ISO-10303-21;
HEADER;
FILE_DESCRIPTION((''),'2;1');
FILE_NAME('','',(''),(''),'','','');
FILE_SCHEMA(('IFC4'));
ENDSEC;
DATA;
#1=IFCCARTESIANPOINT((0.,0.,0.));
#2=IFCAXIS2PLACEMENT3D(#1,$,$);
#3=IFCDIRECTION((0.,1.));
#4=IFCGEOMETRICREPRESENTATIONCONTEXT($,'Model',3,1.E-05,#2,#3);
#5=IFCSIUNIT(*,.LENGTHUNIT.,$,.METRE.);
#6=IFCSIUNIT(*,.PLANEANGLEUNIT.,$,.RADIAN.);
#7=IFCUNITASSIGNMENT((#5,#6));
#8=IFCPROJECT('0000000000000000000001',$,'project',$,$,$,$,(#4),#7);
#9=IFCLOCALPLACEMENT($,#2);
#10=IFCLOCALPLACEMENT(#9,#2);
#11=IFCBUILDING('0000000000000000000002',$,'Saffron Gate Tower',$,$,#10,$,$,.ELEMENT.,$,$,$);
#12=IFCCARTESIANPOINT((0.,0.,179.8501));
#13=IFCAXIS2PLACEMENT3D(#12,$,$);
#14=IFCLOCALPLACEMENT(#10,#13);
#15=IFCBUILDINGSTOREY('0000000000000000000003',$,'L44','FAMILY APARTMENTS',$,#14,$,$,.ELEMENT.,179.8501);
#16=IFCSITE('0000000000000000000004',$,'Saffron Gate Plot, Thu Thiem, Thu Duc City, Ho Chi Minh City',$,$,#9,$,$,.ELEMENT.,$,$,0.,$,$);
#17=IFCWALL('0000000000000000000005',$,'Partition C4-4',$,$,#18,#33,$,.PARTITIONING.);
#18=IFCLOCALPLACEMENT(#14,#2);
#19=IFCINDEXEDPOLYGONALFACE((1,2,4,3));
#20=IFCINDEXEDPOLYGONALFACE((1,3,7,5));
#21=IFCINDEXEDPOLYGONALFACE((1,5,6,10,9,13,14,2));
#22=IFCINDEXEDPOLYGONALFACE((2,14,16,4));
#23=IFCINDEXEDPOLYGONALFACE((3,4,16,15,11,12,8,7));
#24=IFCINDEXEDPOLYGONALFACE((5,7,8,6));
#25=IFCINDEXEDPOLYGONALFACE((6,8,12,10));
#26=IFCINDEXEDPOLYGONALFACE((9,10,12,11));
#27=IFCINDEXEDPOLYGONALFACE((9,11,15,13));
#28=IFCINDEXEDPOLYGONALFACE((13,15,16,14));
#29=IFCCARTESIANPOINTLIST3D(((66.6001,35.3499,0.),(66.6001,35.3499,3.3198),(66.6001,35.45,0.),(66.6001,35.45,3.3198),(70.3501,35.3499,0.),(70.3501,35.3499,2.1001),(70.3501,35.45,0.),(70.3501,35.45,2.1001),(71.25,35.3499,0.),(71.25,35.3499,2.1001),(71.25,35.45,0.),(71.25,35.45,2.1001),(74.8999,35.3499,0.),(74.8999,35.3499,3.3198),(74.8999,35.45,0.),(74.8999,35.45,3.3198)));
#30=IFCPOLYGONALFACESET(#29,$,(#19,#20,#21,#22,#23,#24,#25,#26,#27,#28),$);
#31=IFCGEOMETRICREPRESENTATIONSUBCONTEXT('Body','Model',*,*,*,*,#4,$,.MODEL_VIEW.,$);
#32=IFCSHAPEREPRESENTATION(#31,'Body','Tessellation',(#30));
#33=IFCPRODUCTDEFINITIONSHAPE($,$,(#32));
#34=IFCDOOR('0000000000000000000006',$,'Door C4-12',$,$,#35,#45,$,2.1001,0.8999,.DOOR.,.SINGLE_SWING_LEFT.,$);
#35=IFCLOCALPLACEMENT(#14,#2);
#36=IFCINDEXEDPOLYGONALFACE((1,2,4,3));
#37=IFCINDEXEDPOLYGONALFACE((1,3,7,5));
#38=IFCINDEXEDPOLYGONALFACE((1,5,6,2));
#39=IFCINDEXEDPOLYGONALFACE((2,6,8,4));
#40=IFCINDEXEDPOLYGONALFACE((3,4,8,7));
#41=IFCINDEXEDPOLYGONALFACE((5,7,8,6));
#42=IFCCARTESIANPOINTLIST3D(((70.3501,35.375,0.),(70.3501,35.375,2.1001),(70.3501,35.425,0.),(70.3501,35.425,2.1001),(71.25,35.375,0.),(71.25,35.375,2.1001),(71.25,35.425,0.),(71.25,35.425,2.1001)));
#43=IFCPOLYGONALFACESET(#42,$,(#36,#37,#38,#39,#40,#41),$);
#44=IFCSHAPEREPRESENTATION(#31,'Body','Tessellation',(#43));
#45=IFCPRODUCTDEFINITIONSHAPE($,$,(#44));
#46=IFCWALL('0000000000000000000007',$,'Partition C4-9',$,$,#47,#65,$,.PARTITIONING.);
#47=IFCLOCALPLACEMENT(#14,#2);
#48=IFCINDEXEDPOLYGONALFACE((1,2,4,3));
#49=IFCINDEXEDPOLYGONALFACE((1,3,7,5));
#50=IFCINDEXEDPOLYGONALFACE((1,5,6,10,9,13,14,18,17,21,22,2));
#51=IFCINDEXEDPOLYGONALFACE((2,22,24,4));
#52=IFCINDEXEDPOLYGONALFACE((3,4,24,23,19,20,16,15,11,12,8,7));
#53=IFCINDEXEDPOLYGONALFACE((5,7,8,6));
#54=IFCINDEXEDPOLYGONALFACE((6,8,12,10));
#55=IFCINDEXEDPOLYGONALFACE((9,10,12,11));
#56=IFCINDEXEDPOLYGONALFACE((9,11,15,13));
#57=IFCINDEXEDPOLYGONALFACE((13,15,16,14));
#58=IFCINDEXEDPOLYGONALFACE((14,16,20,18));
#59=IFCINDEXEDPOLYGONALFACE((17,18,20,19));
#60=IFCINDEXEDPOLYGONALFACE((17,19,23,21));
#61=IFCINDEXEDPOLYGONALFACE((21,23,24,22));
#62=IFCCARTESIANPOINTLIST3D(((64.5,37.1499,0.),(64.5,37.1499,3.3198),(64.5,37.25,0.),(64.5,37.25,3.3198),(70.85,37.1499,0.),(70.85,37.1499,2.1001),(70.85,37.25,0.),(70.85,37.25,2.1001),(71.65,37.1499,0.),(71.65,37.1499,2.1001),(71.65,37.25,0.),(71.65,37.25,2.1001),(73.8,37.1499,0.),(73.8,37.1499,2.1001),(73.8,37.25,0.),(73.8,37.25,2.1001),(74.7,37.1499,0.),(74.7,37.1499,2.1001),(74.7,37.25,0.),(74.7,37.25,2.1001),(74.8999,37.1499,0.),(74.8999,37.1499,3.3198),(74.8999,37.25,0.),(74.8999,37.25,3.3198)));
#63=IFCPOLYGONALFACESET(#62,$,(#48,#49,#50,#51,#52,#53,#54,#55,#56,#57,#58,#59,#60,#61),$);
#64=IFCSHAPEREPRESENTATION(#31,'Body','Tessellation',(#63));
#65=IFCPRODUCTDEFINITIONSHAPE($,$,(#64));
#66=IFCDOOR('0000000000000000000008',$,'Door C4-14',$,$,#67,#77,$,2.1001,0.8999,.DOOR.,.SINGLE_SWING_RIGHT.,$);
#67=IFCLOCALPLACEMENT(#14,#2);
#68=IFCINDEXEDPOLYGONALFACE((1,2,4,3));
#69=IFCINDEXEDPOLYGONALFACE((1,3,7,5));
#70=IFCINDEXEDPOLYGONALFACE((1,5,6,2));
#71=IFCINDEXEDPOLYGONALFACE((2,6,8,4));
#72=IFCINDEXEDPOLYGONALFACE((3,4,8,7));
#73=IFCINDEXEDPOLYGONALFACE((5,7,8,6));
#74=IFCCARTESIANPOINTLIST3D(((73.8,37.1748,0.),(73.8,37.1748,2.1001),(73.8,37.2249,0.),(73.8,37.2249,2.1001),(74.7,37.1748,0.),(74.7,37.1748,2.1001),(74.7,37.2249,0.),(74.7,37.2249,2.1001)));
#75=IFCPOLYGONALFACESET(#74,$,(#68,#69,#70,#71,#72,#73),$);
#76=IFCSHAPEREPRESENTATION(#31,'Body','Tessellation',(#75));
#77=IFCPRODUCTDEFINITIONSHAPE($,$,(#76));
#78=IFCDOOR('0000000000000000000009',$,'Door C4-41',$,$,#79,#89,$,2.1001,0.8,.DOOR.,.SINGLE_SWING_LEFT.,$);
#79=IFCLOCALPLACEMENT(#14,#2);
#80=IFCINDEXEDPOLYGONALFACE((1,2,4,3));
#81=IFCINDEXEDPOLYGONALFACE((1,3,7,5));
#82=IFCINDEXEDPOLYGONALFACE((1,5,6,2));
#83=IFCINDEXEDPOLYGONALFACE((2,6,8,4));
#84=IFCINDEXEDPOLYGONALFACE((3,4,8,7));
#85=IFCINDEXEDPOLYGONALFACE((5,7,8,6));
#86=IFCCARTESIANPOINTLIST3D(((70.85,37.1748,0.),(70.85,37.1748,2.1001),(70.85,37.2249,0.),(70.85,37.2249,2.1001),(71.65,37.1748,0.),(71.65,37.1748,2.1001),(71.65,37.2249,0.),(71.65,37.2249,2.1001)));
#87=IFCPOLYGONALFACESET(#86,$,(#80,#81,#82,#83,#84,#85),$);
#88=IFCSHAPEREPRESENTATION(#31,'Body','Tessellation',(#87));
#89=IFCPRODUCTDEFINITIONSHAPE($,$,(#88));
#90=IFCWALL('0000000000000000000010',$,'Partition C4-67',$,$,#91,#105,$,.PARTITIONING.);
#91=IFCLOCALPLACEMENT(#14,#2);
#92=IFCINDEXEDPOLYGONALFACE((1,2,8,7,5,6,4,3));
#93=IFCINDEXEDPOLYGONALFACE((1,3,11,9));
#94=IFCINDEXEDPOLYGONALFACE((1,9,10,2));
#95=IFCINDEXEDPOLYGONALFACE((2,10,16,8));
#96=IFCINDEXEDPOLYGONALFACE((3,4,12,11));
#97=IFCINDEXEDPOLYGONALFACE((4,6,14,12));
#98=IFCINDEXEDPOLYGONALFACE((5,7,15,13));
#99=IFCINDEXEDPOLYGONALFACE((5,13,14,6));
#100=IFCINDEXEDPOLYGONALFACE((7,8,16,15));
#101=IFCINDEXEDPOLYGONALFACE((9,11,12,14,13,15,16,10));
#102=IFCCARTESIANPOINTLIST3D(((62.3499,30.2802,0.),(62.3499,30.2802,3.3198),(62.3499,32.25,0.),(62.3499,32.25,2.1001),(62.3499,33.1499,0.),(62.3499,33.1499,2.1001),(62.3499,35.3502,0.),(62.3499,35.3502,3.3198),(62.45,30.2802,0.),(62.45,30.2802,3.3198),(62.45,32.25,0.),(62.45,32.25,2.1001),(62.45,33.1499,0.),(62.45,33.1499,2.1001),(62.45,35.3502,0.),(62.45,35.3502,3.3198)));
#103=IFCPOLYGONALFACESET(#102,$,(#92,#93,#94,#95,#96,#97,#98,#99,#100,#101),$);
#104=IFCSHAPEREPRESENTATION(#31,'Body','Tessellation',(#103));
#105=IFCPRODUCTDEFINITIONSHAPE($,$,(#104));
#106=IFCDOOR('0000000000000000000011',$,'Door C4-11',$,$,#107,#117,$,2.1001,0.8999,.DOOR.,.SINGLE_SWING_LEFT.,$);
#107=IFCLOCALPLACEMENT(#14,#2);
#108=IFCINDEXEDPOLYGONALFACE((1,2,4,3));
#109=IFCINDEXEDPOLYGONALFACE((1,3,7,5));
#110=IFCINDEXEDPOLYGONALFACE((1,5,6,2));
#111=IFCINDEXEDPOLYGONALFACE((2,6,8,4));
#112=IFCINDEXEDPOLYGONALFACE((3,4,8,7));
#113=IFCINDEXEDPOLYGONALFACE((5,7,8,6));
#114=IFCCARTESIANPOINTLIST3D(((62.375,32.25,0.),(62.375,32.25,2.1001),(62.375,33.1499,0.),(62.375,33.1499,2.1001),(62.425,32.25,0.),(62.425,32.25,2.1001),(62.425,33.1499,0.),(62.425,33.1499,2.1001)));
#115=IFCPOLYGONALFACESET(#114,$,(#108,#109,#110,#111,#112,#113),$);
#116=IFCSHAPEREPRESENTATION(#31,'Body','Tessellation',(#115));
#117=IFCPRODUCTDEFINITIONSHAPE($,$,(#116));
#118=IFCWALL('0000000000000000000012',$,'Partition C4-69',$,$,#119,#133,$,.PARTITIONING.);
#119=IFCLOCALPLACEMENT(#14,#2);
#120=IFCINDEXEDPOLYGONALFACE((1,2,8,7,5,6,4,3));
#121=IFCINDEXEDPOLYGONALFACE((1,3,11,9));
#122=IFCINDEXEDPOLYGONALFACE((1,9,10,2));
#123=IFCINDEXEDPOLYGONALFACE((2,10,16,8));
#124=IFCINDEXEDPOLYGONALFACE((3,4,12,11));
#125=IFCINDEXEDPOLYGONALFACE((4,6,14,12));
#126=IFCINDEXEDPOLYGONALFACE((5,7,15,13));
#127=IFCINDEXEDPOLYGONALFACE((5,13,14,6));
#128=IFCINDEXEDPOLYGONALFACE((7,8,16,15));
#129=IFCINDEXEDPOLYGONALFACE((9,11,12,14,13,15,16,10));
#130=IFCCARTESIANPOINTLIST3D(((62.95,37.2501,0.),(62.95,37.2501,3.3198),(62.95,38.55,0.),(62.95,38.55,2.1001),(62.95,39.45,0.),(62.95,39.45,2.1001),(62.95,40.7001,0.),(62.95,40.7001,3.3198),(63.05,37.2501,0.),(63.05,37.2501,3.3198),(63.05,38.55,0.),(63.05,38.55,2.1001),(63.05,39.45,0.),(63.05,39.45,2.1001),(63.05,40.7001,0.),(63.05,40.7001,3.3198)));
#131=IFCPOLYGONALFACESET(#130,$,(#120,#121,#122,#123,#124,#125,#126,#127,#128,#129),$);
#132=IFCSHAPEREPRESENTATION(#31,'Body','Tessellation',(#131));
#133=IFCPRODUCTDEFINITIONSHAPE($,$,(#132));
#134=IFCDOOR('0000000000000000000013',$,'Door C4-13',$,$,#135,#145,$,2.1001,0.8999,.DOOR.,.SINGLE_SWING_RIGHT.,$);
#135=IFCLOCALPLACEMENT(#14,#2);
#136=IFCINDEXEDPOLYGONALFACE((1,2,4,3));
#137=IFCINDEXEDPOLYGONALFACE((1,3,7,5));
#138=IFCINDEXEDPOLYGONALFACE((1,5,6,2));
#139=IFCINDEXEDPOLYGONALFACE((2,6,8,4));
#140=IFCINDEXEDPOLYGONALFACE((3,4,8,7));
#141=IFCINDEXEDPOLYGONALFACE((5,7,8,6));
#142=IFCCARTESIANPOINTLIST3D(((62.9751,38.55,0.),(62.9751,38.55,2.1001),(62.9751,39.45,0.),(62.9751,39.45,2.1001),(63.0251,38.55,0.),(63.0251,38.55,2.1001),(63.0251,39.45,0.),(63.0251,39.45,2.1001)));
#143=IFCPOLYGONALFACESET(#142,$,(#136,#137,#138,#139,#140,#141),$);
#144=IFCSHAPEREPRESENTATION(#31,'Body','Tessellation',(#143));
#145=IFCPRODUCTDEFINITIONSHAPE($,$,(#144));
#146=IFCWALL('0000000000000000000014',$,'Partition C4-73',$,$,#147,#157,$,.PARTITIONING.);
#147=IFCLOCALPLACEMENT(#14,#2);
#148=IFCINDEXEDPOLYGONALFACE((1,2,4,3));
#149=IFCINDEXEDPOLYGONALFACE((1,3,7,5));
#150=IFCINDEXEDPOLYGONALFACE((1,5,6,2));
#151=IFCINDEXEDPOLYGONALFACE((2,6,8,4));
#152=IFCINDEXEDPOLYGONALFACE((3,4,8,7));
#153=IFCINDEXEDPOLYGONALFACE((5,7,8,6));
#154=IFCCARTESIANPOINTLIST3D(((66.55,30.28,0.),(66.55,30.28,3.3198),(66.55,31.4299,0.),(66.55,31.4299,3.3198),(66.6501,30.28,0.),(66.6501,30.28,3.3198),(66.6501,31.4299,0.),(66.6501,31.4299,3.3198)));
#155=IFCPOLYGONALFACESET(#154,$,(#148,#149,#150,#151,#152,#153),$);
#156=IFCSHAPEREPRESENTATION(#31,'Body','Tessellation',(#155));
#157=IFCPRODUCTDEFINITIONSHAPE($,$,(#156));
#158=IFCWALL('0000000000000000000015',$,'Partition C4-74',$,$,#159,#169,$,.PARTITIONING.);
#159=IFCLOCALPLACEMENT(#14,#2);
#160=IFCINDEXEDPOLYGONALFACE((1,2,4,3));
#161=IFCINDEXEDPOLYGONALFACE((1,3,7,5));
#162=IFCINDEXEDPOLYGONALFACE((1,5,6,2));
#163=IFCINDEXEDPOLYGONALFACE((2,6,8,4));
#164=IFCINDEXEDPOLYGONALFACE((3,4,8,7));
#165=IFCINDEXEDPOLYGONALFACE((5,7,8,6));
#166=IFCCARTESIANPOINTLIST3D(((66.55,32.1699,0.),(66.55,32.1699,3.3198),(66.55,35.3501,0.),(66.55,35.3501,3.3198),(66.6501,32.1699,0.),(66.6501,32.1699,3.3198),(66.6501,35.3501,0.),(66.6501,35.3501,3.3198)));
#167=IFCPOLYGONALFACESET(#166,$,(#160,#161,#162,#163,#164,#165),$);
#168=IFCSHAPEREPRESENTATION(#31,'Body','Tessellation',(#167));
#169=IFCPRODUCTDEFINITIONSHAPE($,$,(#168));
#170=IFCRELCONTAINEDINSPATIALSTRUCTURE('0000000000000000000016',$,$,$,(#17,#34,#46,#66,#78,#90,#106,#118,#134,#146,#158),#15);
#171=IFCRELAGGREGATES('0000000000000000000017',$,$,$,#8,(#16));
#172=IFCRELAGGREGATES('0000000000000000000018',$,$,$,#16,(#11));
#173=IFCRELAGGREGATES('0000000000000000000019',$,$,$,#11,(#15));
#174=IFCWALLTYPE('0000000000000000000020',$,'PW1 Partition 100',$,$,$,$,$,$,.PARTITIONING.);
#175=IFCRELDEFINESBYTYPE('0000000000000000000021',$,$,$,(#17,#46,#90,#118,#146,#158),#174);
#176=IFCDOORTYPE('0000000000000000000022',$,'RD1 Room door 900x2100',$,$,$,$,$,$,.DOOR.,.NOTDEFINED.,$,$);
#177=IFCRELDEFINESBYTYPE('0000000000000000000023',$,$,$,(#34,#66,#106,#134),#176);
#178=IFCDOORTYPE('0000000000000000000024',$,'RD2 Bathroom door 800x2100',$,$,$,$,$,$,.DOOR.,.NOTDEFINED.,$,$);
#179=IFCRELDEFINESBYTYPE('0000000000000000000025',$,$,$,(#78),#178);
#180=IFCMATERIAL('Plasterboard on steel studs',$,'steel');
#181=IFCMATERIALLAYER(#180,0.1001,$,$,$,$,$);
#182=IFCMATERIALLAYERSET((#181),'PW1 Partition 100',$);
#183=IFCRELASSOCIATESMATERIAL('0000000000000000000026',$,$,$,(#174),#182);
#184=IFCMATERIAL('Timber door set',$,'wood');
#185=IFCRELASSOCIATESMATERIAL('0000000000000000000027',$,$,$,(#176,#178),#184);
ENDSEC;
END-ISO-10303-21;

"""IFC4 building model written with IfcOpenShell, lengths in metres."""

from ifc_helpers import new_model, si_unit, direction, frame, frame_2d, origin, place, context, subcontext, project, spatial, rectangle, extrude, material, layer, layer_set, type_object, element, fill, save


model = new_model("IFC4")

# Units and contexts
model_context = context("Model", 3, precision=1e-05, world=origin(), true_north=direction((0.0, 1.0)))
body_context = subcontext(model_context, "Body", "Model", "MODEL_VIEW")
ifc_project = project(units=[si_unit("LENGTHUNIT", "METRE"), si_unit("PLANEANGLEUNIT", "RADIAN")], contexts=[model_context])

# Site, building, storey
site_placement = place(None, origin())
site = spatial("IfcSite", under=ifc_project, at=site_placement, Name="Saffron Gate Plot, Thu Thiem, Thu Duc City, Ho Chi Minh City", CompositionType="ELEMENT", RefElevation=0.0)
building_placement = place(site_placement, origin())
building = spatial("IfcBuilding", under=site, at=building_placement, Name="Saffron Gate Tower", CompositionType="ELEMENT")
storey_placement = place(building_placement, frame((0.0, 0.0, 179.8501)))
storey = spatial("IfcBuildingStorey", under=building, at=storey_placement, Name="L44", Description="FAMILY APARTMENTS", CompositionType="ELEMENT", Elevation=179.8501)

# Wall, opening, door
ifc_material_1 = material(Name="Plasterboard on steel studs", Category="steel")
ifc_layer = layer(ifc_material_1, 0.1001)
ifc_layer_set = layer_set([ifc_layer], Name="PW1 Partition 100")
wall_type = type_object("IfcWallType", Name="PW1 Partition 100", PredefinedType="PARTITIONING", material=ifc_layer_set)
ifc_material_2 = material(Name="Timber door set", Category="wood")
door_type_1 = type_object("IfcDoorType", Name="RD1 Room door 900x2100", OperationType="NOTDEFINED", PredefinedType="DOOR", material=ifc_material_2)
wall_1_placement = place(storey_placement, frame((74.8999, 35.3999, 0.0), z_axis=(0.0, 0.0, 1.0), x_axis=(-1.0, 0.0, 0.0)))
wall_1 = element("IfcWall", 1, at=wall_1_placement, inside=storey, type_object=wall_type, Name="Partition C4-4", PredefinedType="PARTITIONING", context=body_context, shape_type="SweptSolid", body=[
    extrude(rectangle(XDim=8.2998, YDim=0.1001, at=frame_2d((4.1499, 0.0))), origin(), (0.0, 0.0, 1.0), 3.3198),
])
opening_1_placement = place(wall_1_placement, frame((3.6499, 0.0, 0.0)))
opening_1 = element("IfcOpeningElement", 2, at=opening_1_placement, cuts=wall_1, PredefinedType="OPENING", context=body_context, shape_type="SweptSolid", body=[
    extrude(rectangle(XDim=0.8999, YDim=2.1001, at=frame_2d((0.45, 1.05))), frame((0.0, 0.0601, 0.0), z_axis=(0.0, -1.0, 0.0), x_axis=(1.0, 0.0, 0.0)), (0.0, 0.0, 1.0), 0.1201),
])
door_1_placement = place(opening_1_placement, origin())
door_1 = element("IfcDoor", 3, at=door_1_placement, inside=storey, type_object=door_type_1, Name="Door C4-12", OperationType="SINGLE_SWING_LEFT", OverallHeight=2.1001, OverallWidth=0.8999, PredefinedType="DOOR", context=body_context, shape_type="SweptSolid", body=[
    extrude(rectangle(XDim=0.8999, YDim=2.1001, at=frame_2d((0.45, 1.05))), frame((0.0, 0.0249, 0.0), z_axis=(0.0, -1.0, 0.0), x_axis=(1.0, 0.0, 0.0)), (0.0, 0.0, 1.0), 0.05),
])
fill(opening_1, door_1)

# Wall, openings, doors
wall_2_placement = place(storey_placement, frame((64.5, 37.2, 0.0), z_axis=(0.0, 0.0, 1.0), x_axis=(1.0, 0.0, 0.0)))
wall_2 = element("IfcWall", 4, at=wall_2_placement, inside=storey, type_object=wall_type, Name="Partition C4-9", PredefinedType="PARTITIONING", context=body_context, shape_type="SweptSolid", body=[
    extrude(rectangle(XDim=10.3999, YDim=0.1001, at=frame_2d((5.2, 0.0))), origin(), (0.0, 0.0, 1.0), 3.3198),
])
opening_2_placement = place(wall_2_placement, frame((6.3501, 0.0, 0.0)))
opening_2 = element("IfcOpeningElement", 5, at=opening_2_placement, cuts=wall_2, PredefinedType="OPENING", context=body_context, shape_type="SweptSolid", body=[
    extrude(rectangle(XDim=0.8, YDim=2.1001, at=frame_2d((0.3999, 1.05))), frame((0.0, 0.0601, 0.0), z_axis=(0.0, -1.0, 0.0), x_axis=(1.0, 0.0, 0.0)), (0.0, 0.0, 1.0), 0.1201),
])
opening_3_placement = place(wall_2_placement, frame((9.3, 0.0, 0.0)))
opening_3 = element("IfcOpeningElement", 6, at=opening_3_placement, cuts=wall_2, PredefinedType="OPENING", context=body_context, shape_type="SweptSolid", body=[
    extrude(rectangle(XDim=0.8999, YDim=2.1001, at=frame_2d((0.45, 1.05))), frame((0.0, 0.0601, 0.0), z_axis=(0.0, -1.0, 0.0), x_axis=(1.0, 0.0, 0.0)), (0.0, 0.0, 1.0), 0.1201),
])
door_2_placement = place(opening_3_placement, origin())
door_2 = element("IfcDoor", 7, at=door_2_placement, inside=storey, type_object=door_type_1, Name="Door C4-14", OperationType="SINGLE_SWING_RIGHT", OverallHeight=2.1001, OverallWidth=0.8999, PredefinedType="DOOR", context=body_context, shape_type="SweptSolid", body=[
    extrude(rectangle(XDim=0.8999, YDim=2.1001, at=frame_2d((0.45, 1.05))), frame((0.0, 0.0249, 0.0), z_axis=(0.0, -1.0, 0.0), x_axis=(1.0, 0.0, 0.0)), (0.0, 0.0, 1.0), 0.05),
])
fill(opening_3, door_2)
door_type_2 = type_object("IfcDoorType", Name="RD2 Bathroom door 800x2100", OperationType="NOTDEFINED", PredefinedType="DOOR", material=ifc_material_2)
door_3_placement = place(opening_2_placement, origin())
door_3 = element("IfcDoor", 8, at=door_3_placement, inside=storey, type_object=door_type_2, Name="Door C4-41", OperationType="SINGLE_SWING_LEFT", OverallHeight=2.1001, OverallWidth=0.8, PredefinedType="DOOR", context=body_context, shape_type="SweptSolid", body=[
    extrude(rectangle(XDim=0.8, YDim=2.1001, at=frame_2d((0.3999, 1.05))), frame((0.0, 0.0249, 0.0), z_axis=(0.0, -1.0, 0.0), x_axis=(1.0, 0.0, 0.0)), (0.0, 0.0, 1.0), 0.05),
])
fill(opening_2, door_3)

# Walls, openings, doors
wall_3_placement = place(storey_placement, frame((62.3999, 30.28, 0.0), z_axis=(0.0, 0.0, 1.0), x_axis=(0.0, 1.0, 0.0)))
wall_3 = element("IfcWall", 9, at=wall_3_placement, inside=storey, type_object=wall_type, Name="Partition C4-67", PredefinedType="PARTITIONING", context=body_context, shape_type="SweptSolid", body=[
    extrude(rectangle(XDim=5.0701, YDim=0.1001, at=frame_2d((2.5352, 0.0))), origin(), (0.0, 0.0, 1.0), 3.3198),
])
opening_4_placement = place(wall_3_placement, frame((1.97, 0.0, 0.0)))
opening_4 = element("IfcOpeningElement", 10, at=opening_4_placement, cuts=wall_3, PredefinedType="OPENING", context=body_context, shape_type="SweptSolid", body=[
    extrude(rectangle(XDim=0.8999, YDim=2.1001, at=frame_2d((0.45, 1.05))), frame((0.0, 0.0601, 0.0), z_axis=(0.0, -1.0, 0.0), x_axis=(1.0, 0.0, 0.0)), (0.0, 0.0, 1.0), 0.1201),
])
door_4_placement = place(opening_4_placement, origin())
door_4 = element("IfcDoor", 11, at=door_4_placement, inside=storey, type_object=door_type_1, Name="Door C4-11", OperationType="SINGLE_SWING_LEFT", OverallHeight=2.1001, OverallWidth=0.8999, PredefinedType="DOOR", context=body_context, shape_type="SweptSolid", body=[
    extrude(rectangle(XDim=0.8999, YDim=2.1001, at=frame_2d((0.45, 1.05))), frame((0.0, 0.0249, 0.0), z_axis=(0.0, -1.0, 0.0), x_axis=(1.0, 0.0, 0.0)), (0.0, 0.0, 1.0), 0.05),
])
fill(opening_4, door_4)
wall_4_placement = place(storey_placement, frame((63.0, 37.25, 0.0), z_axis=(0.0, 0.0, 1.0), x_axis=(0.0, 1.0, 0.0)))
wall_4 = element("IfcWall", 12, at=wall_4_placement, inside=storey, type_object=wall_type, Name="Partition C4-69", PredefinedType="PARTITIONING", context=body_context, shape_type="SweptSolid", body=[
    extrude(rectangle(XDim=3.45, YDim=0.1001, at=frame_2d((1.7251, 0.0))), origin(), (0.0, 0.0, 1.0), 3.3198),
])
opening_5_placement = place(wall_4_placement, frame((1.3, 0.0, 0.0)))
opening_5 = element("IfcOpeningElement", 13, at=opening_5_placement, cuts=wall_4, PredefinedType="OPENING", context=body_context, shape_type="SweptSolid", body=[
    extrude(rectangle(XDim=0.8999, YDim=2.1001, at=frame_2d((0.45, 1.05))), frame((0.0, 0.0601, 0.0), z_axis=(0.0, -1.0, 0.0), x_axis=(1.0, 0.0, 0.0)), (0.0, 0.0, 1.0), 0.1201),
])
door_5_placement = place(opening_5_placement, origin())
door_5 = element("IfcDoor", 14, at=door_5_placement, inside=storey, type_object=door_type_1, Name="Door C4-13", OperationType="SINGLE_SWING_RIGHT", OverallHeight=2.1001, OverallWidth=0.8999, PredefinedType="DOOR", context=body_context, shape_type="SweptSolid", body=[
    extrude(rectangle(XDim=0.8999, YDim=2.1001, at=frame_2d((0.45, 1.05))), frame((0.0, 0.0249, 0.0), z_axis=(0.0, -1.0, 0.0), x_axis=(1.0, 0.0, 0.0)), (0.0, 0.0, 1.0), 0.05),
])
fill(opening_5, door_5)

# Walls
wall_5_placement = place(storey_placement, frame((66.6001, 31.4299, 0.0), z_axis=(0.0, 0.0, 1.0), x_axis=(0.0, -1.0, 0.0)))
element("IfcWall", 15, at=wall_5_placement, inside=storey, type_object=wall_type, Name="Partition C4-73", PredefinedType="PARTITIONING", context=body_context, shape_type="SweptSolid", body=[
    extrude(rectangle(XDim=1.1499, YDim=0.1001, at=frame_2d((0.575, 0.0))), origin(), (0.0, 0.0, 1.0), 3.3198),
])
wall_6_placement = place(storey_placement, frame((66.6001, 35.3501, 0.0), z_axis=(0.0, 0.0, 1.0), x_axis=(0.0, -1.0, 0.0)))
element("IfcWall", 16, at=wall_6_placement, inside=storey, type_object=wall_type, Name="Partition C4-74", PredefinedType="PARTITIONING", context=body_context, shape_type="SweptSolid", body=[
    extrude(rectangle(XDim=3.1802, YDim=0.1001, at=frame_2d((1.5901, 0.0))), origin(), (0.0, 0.0, 1.0), 3.3198),
])

save(model, "model.ifc")
